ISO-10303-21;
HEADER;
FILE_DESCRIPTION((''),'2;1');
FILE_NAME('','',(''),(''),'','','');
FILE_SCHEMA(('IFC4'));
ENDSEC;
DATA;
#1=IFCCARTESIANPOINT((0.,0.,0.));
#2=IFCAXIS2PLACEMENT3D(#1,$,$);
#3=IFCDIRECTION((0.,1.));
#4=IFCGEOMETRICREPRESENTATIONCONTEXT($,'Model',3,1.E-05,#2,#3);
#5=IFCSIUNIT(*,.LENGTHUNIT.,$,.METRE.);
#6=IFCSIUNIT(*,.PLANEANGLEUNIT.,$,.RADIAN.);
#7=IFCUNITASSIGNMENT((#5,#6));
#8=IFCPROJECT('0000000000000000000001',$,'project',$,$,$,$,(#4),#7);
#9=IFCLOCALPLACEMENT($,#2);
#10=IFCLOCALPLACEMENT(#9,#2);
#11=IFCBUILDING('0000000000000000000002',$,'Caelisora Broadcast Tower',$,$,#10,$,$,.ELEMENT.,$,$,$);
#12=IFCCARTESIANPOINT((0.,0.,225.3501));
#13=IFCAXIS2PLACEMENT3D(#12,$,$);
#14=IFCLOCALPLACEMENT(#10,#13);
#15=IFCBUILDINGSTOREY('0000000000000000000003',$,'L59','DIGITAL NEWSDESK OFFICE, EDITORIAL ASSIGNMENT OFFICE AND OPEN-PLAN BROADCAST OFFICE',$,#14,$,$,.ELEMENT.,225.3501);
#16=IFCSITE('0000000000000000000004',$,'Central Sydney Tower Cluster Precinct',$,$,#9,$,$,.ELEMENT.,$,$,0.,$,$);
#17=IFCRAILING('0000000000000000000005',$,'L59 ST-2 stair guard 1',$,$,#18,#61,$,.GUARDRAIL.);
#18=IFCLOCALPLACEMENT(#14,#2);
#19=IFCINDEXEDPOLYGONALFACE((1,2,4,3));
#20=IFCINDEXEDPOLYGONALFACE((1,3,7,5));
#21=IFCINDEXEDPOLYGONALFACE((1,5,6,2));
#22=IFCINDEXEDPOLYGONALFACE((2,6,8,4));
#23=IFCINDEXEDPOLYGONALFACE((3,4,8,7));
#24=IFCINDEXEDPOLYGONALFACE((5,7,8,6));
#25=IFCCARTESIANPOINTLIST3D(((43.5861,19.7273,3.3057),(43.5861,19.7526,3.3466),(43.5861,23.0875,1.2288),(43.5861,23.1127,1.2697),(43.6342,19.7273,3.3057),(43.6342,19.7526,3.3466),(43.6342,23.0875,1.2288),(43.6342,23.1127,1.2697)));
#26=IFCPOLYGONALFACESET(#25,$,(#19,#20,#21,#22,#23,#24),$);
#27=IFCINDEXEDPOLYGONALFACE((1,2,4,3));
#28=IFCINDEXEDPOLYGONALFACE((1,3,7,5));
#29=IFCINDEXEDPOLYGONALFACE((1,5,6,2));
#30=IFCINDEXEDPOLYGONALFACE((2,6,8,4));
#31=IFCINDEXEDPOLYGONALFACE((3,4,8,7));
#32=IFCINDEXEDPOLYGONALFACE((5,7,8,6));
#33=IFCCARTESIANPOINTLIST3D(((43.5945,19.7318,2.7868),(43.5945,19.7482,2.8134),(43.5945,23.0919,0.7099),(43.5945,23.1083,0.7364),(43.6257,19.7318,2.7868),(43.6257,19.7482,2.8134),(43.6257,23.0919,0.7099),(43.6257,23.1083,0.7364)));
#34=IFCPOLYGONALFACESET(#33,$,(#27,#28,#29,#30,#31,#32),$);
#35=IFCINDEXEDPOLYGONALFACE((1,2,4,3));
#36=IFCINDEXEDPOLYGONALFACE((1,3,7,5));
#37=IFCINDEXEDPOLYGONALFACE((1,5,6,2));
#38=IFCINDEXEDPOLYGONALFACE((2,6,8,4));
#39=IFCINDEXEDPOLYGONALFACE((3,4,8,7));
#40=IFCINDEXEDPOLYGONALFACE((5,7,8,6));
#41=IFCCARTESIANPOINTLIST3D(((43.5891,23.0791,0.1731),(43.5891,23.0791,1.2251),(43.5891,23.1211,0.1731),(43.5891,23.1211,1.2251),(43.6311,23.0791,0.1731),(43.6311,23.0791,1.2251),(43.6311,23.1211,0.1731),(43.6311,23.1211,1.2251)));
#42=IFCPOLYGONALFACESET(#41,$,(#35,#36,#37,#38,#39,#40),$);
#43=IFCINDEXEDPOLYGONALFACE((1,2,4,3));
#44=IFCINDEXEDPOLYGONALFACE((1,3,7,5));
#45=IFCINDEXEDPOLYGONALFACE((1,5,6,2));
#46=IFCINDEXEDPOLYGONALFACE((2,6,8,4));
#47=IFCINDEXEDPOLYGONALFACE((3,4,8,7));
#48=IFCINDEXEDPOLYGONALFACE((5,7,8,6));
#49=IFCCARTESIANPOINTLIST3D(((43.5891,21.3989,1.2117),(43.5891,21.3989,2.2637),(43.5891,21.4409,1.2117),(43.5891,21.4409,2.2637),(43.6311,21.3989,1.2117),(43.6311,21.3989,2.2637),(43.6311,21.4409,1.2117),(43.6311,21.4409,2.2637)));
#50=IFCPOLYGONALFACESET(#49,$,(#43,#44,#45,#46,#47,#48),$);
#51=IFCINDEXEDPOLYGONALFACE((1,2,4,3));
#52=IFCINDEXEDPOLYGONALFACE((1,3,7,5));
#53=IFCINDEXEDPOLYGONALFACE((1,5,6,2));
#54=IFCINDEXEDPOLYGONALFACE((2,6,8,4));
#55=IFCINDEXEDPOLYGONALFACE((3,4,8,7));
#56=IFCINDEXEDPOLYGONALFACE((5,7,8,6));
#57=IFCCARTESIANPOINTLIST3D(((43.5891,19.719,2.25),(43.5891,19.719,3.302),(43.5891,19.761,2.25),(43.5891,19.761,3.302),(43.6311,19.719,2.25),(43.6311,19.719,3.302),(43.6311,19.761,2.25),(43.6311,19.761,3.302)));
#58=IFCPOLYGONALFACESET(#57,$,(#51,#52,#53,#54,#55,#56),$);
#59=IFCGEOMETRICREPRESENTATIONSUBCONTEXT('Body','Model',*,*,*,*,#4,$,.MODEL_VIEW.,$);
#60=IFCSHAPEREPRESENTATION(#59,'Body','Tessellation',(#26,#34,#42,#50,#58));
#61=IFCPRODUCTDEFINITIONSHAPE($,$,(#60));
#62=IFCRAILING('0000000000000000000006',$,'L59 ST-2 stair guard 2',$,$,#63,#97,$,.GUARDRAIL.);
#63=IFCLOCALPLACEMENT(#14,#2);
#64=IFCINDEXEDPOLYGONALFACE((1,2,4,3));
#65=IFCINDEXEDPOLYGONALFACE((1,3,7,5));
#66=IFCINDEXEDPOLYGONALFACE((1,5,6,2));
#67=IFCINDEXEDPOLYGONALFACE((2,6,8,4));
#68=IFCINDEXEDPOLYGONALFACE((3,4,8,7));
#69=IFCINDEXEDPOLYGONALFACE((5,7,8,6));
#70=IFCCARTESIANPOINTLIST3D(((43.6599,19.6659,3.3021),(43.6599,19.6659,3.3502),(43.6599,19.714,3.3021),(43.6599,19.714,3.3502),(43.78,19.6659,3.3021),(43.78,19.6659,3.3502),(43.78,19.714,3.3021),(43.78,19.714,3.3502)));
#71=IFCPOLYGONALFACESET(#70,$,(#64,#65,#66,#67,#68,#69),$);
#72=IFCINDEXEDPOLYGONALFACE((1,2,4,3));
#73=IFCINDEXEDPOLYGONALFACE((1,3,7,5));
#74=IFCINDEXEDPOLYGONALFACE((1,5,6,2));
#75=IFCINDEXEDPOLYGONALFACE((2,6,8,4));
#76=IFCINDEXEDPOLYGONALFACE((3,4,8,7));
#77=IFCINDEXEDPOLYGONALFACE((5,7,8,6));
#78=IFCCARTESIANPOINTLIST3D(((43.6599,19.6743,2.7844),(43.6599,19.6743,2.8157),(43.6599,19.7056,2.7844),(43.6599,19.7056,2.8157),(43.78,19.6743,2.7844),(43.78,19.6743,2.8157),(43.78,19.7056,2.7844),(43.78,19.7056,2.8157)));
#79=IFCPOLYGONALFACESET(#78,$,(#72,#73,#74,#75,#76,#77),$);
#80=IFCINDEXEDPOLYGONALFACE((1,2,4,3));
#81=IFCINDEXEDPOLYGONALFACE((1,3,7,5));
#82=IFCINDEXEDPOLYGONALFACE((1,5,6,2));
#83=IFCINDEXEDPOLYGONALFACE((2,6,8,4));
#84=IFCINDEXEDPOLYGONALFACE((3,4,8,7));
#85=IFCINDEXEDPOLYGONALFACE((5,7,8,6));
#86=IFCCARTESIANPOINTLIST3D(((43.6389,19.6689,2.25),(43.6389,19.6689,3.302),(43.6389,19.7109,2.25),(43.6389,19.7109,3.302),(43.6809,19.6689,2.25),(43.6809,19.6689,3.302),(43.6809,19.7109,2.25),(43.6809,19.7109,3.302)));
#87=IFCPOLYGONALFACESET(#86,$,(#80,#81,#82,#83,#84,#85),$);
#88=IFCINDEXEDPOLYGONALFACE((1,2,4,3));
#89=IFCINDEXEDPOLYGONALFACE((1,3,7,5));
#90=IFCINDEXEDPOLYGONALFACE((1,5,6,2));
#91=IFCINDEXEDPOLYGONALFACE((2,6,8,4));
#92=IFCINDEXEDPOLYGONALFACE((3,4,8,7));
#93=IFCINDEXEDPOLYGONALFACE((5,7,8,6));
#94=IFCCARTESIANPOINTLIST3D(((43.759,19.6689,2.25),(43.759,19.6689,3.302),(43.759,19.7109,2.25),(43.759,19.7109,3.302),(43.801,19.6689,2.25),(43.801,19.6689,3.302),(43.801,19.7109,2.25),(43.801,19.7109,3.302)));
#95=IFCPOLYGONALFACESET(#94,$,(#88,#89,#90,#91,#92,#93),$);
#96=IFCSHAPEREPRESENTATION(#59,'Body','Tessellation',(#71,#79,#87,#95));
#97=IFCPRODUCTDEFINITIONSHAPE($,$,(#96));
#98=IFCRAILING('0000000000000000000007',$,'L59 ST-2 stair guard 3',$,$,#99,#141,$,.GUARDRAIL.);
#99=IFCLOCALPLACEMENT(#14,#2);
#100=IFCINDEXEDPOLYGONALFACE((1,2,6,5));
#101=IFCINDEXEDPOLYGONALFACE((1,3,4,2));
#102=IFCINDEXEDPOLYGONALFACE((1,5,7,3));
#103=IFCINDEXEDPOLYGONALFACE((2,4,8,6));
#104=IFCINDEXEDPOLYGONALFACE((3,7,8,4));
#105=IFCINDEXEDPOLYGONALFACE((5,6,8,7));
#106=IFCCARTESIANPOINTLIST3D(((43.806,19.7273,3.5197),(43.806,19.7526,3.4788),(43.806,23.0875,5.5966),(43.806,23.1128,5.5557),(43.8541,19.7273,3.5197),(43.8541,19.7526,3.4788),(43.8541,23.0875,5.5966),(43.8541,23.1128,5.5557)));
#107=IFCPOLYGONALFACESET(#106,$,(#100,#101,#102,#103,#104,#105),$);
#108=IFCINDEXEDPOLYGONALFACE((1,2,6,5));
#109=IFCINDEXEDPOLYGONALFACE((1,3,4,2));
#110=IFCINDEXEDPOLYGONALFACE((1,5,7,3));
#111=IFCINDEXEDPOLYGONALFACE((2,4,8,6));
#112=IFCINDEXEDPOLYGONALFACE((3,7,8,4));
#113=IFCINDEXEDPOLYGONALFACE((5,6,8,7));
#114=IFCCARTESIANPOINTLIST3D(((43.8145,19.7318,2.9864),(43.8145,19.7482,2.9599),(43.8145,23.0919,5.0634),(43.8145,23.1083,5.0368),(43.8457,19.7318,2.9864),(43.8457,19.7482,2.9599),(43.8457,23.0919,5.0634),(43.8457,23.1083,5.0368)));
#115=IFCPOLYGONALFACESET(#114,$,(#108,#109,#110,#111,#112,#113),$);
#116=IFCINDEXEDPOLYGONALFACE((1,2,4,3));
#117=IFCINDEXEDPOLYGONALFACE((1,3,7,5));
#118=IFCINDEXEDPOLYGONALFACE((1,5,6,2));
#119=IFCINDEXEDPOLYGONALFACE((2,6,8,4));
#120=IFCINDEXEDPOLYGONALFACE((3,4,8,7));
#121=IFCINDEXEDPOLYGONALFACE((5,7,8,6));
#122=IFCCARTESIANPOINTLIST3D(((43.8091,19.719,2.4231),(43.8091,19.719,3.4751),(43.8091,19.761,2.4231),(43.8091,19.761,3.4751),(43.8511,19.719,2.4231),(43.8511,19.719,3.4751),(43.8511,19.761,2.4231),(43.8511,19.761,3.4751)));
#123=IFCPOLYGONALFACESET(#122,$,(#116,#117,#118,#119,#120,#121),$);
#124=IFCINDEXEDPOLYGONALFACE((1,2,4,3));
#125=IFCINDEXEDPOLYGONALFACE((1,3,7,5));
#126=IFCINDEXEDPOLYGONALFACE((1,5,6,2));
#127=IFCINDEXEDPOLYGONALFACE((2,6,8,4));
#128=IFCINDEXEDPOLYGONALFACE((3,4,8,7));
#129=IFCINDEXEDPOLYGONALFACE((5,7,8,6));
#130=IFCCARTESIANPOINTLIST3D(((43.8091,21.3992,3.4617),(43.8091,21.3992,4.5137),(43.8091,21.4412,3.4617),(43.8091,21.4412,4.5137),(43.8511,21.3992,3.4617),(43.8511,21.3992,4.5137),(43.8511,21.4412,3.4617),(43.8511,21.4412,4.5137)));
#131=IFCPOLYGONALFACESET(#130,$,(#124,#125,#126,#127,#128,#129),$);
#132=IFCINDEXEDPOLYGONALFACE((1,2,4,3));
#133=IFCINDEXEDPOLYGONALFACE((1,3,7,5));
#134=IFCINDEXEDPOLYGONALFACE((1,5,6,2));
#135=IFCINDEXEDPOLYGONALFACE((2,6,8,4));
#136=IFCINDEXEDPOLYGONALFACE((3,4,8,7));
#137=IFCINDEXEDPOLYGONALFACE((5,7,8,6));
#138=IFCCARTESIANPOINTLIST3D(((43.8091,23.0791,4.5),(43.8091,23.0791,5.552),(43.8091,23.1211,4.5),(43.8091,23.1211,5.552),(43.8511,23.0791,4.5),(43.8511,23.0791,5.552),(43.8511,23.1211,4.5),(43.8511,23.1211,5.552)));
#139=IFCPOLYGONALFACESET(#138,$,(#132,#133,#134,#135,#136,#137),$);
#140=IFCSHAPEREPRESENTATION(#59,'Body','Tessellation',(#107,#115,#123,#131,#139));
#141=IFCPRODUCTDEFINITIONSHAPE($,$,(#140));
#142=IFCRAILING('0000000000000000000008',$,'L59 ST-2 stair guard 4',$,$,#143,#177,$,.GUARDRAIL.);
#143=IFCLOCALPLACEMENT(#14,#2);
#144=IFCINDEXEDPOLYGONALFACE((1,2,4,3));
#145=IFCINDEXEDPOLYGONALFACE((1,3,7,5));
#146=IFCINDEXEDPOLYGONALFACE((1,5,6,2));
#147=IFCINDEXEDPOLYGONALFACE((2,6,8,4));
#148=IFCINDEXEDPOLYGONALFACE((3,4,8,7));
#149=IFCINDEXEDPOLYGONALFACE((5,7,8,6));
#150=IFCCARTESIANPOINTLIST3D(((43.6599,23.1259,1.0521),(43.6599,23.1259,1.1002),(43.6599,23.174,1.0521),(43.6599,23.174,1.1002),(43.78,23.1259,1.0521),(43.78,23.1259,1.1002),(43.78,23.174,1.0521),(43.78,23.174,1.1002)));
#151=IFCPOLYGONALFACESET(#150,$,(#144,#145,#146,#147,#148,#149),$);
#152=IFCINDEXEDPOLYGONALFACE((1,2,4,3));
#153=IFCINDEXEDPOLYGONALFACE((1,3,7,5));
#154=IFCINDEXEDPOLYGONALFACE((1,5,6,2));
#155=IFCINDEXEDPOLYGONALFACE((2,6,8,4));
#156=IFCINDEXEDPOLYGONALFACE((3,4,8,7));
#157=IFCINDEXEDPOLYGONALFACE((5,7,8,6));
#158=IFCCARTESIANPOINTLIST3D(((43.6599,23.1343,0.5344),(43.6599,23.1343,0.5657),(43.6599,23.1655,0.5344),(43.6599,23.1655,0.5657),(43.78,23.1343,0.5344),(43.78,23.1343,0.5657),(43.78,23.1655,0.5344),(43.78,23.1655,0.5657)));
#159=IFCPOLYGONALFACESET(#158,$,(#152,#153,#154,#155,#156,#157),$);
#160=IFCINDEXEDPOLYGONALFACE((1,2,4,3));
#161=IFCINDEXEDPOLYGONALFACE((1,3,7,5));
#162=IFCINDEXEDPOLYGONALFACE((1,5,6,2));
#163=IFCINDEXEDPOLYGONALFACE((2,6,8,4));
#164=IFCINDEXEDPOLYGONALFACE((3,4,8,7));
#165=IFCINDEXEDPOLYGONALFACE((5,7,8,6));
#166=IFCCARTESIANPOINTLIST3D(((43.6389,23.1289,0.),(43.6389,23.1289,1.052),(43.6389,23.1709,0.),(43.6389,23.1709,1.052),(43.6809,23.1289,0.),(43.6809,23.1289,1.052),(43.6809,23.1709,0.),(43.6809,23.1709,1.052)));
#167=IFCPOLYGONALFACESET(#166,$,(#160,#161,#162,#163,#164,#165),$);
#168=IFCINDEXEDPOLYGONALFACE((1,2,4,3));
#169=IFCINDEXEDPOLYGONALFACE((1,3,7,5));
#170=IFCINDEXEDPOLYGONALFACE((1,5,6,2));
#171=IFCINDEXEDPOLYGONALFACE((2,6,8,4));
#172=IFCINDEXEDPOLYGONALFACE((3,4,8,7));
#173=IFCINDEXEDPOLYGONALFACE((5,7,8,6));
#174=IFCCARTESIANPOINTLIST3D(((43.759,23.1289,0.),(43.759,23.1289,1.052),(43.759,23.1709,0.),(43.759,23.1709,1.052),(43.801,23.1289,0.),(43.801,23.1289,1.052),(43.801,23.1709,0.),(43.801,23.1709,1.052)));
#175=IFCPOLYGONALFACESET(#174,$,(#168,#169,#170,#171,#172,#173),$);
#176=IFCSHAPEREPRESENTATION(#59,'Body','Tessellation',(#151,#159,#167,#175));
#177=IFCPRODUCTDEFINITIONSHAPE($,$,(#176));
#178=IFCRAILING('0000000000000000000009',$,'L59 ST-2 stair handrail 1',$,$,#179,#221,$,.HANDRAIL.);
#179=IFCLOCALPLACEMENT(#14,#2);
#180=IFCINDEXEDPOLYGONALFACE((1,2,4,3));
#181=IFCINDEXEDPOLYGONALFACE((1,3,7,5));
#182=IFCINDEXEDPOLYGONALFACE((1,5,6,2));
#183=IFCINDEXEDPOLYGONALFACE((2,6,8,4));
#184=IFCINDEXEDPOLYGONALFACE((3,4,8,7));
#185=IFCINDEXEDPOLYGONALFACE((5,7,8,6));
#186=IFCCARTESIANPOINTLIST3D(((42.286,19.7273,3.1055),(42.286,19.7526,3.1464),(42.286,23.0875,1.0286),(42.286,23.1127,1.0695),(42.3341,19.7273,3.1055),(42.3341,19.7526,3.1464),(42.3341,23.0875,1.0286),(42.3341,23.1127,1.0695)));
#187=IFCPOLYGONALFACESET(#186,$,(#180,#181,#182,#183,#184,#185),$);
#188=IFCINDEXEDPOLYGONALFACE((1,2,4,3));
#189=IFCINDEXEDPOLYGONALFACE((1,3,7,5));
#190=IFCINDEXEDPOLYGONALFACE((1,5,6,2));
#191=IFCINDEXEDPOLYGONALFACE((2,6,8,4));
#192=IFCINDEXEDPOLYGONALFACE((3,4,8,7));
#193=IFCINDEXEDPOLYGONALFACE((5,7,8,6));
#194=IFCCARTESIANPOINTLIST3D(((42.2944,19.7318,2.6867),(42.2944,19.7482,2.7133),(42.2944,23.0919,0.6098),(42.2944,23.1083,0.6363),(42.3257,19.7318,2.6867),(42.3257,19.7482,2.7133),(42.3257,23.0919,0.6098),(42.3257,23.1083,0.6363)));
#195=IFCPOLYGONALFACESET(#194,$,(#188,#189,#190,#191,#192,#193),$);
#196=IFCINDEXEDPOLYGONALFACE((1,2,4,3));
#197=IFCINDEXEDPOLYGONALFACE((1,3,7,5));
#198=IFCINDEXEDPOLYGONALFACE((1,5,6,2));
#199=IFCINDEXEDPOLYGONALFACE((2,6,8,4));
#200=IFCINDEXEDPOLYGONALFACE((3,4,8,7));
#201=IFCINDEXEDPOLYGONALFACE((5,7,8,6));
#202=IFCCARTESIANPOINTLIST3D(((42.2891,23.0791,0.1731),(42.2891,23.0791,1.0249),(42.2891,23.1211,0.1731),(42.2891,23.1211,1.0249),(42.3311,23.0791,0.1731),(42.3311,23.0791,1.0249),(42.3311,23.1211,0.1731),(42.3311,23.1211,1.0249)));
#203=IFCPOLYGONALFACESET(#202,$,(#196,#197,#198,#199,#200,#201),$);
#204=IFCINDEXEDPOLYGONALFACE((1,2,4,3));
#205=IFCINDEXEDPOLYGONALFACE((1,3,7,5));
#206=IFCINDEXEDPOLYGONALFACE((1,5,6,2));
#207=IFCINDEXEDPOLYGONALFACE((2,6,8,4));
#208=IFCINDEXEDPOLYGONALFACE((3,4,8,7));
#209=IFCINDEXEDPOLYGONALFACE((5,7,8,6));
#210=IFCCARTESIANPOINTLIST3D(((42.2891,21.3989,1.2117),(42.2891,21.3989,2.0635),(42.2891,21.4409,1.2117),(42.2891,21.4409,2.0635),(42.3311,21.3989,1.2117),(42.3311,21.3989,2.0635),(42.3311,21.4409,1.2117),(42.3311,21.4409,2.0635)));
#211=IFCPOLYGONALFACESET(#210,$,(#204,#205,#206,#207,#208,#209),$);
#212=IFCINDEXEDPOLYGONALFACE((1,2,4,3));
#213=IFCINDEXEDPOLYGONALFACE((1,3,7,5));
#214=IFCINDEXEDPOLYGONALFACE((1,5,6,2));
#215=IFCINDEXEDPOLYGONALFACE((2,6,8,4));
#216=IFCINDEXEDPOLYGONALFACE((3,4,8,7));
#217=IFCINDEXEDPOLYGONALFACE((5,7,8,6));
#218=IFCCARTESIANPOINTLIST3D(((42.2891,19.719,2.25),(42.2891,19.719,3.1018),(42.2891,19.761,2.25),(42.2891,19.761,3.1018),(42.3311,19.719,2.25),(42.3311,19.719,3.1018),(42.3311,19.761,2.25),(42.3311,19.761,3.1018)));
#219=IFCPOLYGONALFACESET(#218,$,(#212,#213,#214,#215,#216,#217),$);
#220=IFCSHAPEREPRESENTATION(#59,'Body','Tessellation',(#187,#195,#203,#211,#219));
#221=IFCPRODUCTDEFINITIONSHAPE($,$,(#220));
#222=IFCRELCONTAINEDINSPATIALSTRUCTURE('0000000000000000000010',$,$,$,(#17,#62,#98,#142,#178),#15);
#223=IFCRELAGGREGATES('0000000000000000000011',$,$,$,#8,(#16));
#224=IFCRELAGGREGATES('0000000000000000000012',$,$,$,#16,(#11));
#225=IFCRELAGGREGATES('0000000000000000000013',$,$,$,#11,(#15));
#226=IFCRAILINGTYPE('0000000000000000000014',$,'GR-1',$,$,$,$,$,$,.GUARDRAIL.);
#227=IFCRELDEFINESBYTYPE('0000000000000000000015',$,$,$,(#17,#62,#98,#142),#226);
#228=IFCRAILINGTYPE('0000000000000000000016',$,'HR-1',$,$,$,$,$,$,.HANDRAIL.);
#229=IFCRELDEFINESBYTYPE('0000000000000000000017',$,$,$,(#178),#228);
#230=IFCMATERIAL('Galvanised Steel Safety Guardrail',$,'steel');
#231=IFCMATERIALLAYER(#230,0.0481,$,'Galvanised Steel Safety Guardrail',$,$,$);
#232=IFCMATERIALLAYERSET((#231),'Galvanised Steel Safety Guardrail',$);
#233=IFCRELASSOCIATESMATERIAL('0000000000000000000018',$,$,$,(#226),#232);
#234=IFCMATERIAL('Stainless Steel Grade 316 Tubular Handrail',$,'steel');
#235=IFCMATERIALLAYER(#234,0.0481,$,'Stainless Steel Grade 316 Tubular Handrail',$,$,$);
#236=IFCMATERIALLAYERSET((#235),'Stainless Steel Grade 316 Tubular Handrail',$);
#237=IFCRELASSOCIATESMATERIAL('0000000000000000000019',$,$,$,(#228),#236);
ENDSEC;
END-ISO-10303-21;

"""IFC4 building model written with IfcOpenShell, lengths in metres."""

from ifc_helpers import new_model, si_unit, direction, frame, origin, origin_2d, place, context, subcontext, project, spatial, rectangle, extrude, material, layer, layer_set, type_object, element, save


model = new_model("IFC4")

# Units and contexts
model_context = context("Model", 3, precision=1e-05, world=origin(), true_north=direction((0.0, 1.0)))
body_context = subcontext(model_context, "Body", "Model", "MODEL_VIEW")
ifc_project = project(units=[si_unit("LENGTHUNIT", "METRE"), si_unit("PLANEANGLEUNIT", "RADIAN")], contexts=[model_context])

# Site, building, storey
site_placement = place(None, origin())
site = spatial("IfcSite", under=ifc_project, at=site_placement, Name="Central Sydney Tower Cluster Precinct", CompositionType="ELEMENT", RefElevation=0.0)
building_placement = place(site_placement, origin())
building = spatial("IfcBuilding", under=site, at=building_placement, Name="Caelisora Broadcast Tower", CompositionType="ELEMENT")
storey_placement = place(building_placement, frame((0.0, 0.0, 225.3501)))
storey = spatial("IfcBuildingStorey", under=building, at=storey_placement, Name="L59", Description="DIGITAL NEWSDESK OFFICE, EDITORIAL ASSIGNMENT OFFICE AND OPEN-PLAN BROADCAST OFFICE", CompositionType="ELEMENT", Elevation=225.3501)

# Railings
ifc_material_1 = material(Name="Galvanised Steel Safety Guardrail", Category="steel")
ifc_layer_1 = layer(ifc_material_1, 0.0481, Name="Galvanised Steel Safety Guardrail")
ifc_layer_set_1 = layer_set([ifc_layer_1], Name="Galvanised Steel Safety Guardrail")
railing_type_1 = type_object("IfcRailingType", Name="GR-1", PredefinedType="GUARDRAIL", material=ifc_layer_set_1)
railing_1_placement = place(storey_placement, frame((43.6101, 23.1001, 0.1731)))
element("IfcRailing", 1, at=railing_1_placement, inside=storey, type_object=railing_type_1, Name="L59 ST-2 stair guard 1", PredefinedType="GUARDRAIL", context=body_context, shape_type="SweptSolid", body=[
    extrude(rectangle(XDim=0.0481, YDim=0.0481, at=origin_2d()), frame((0.0, 0.0, 1.0762), z_axis=(0.0, -0.850623, 0.525776), x_axis=(1.0, 0.0, 0.0)), (0.0, 0.0, 1.0), 3.9502),
    extrude(rectangle(XDim=0.0312, YDim=0.0312, at=origin_2d()), frame((0.0, 0.0, 0.55), z_axis=(0.0, -0.850623, 0.525776), x_axis=(1.0, 0.0, 0.0)), (0.0, 0.0, 1.0), 3.9502),
    extrude(rectangle(XDim=0.042, YDim=0.042, at=origin_2d()), origin(), (0.0, 0.0, 1.0), 1.052),
    extrude(rectangle(XDim=0.042, YDim=0.042, at=origin_2d()), frame((0.0, -1.6802, 1.0386)), (0.0, 0.0, 1.0), 1.052),
    extrude(rectangle(XDim=0.042, YDim=0.042, at=origin_2d()), frame((0.0, -3.3601, 2.0769)), (0.0, 0.0, 1.0), 1.052),
])
railing_2_placement = place(storey_placement, frame((43.6599, 19.6899, 2.25)))
element("IfcRailing", 2, at=railing_2_placement, inside=storey, type_object=railing_type_1, Name="L59 ST-2 stair guard 2", PredefinedType="GUARDRAIL", context=body_context, shape_type="SweptSolid", body=[
    extrude(rectangle(XDim=0.0481, YDim=0.0481, at=origin_2d()), frame((0.0, 0.0, 1.0762), z_axis=(1.0, 0.0, 0.0), x_axis=(0.0, 1.0, 0.0)), (0.0, 0.0, 1.0), 0.1201),
    extrude(rectangle(XDim=0.0312, YDim=0.0312, at=origin_2d()), frame((0.0, 0.0, 0.55), z_axis=(1.0, 0.0, 0.0), x_axis=(0.0, 1.0, 0.0)), (0.0, 0.0, 1.0), 0.1201),
    extrude(rectangle(XDim=0.042, YDim=0.042, at=origin_2d()), origin(), (0.0, 0.0, 1.0), 1.052),
    extrude(rectangle(XDim=0.042, YDim=0.042, at=origin_2d()), frame((0.1201, 0.0, 0.0)), (0.0, 0.0, 1.0), 1.052),
])
railing_3_placement = place(storey_placement, frame((43.8301, 19.74, 2.4231)))
element("IfcRailing", 3, at=railing_3_placement, inside=storey, type_object=railing_type_1, Name="L59 ST-2 stair guard 3", PredefinedType="GUARDRAIL", context=body_context, shape_type="SweptSolid", body=[
    extrude(rectangle(XDim=0.0481, YDim=0.0481, at=origin_2d()), frame((0.0, 0.0, 1.0762), z_axis=(0.0, 0.850623, 0.525776), x_axis=(-1.0, 0.0, 0.0)), (0.0, 0.0, 1.0), 3.9502),
    extrude(rectangle(XDim=0.0312, YDim=0.0312, at=origin_2d()), frame((0.0, 0.0, 0.55), z_axis=(0.0, 0.850623, 0.525776), x_axis=(-1.0, 0.0, 0.0)), (0.0, 0.0, 1.0), 3.9502),
    extrude(rectangle(XDim=0.042, YDim=0.042, at=origin_2d()), origin(), (0.0, 0.0, 1.0), 1.052),
    extrude(rectangle(XDim=0.042, YDim=0.042, at=origin_2d()), frame((0.0, 1.6802, 1.0386)), (0.0, 0.0, 1.0), 1.052),
    extrude(rectangle(XDim=0.042, YDim=0.042, at=origin_2d()), frame((0.0, 3.3601, 2.0769)), (0.0, 0.0, 1.0), 1.052),
])
railing_4_placement = place(storey_placement, frame((43.6599, 23.1499, 0.0)))
element("IfcRailing", 4, at=railing_4_placement, inside=storey, type_object=railing_type_1, Name="L59 ST-2 stair guard 4", PredefinedType="GUARDRAIL", context=body_context, shape_type="SweptSolid", body=[
    extrude(rectangle(XDim=0.0481, YDim=0.0481, at=origin_2d()), frame((0.0, 0.0, 1.0762), z_axis=(1.0, 0.0, 0.0), x_axis=(0.0, 1.0, 0.0)), (0.0, 0.0, 1.0), 0.1201),
    extrude(rectangle(XDim=0.0312, YDim=0.0312, at=origin_2d()), frame((0.0, 0.0, 0.55), z_axis=(1.0, 0.0, 0.0), x_axis=(0.0, 1.0, 0.0)), (0.0, 0.0, 1.0), 0.1201),
    extrude(rectangle(XDim=0.042, YDim=0.042, at=origin_2d()), origin(), (0.0, 0.0, 1.0), 1.052),
    extrude(rectangle(XDim=0.042, YDim=0.042, at=origin_2d()), frame((0.1201, 0.0, 0.0)), (0.0, 0.0, 1.0), 1.052),
])
ifc_material_2 = material(Name="Stainless Steel Grade 316 Tubular Handrail", Category="steel")
ifc_layer_2 = layer(ifc_material_2, 0.0481, Name="Stainless Steel Grade 316 Tubular Handrail")
ifc_layer_set_2 = layer_set([ifc_layer_2], Name="Stainless Steel Grade 316 Tubular Handrail")
railing_type_2 = type_object("IfcRailingType", Name="HR-1", PredefinedType="HANDRAIL", material=ifc_layer_set_2)
railing_5_placement = place(storey_placement, frame((42.3101, 23.1001, 0.1731)))
element("IfcRailing", 5, at=railing_5_placement, inside=storey, type_object=railing_type_2, Name="L59 ST-2 stair handrail 1", PredefinedType="HANDRAIL", context=body_context, shape_type="SweptSolid", body=[
    extrude(rectangle(XDim=0.0481, YDim=0.0481, at=origin_2d()), frame((0.0, 0.0, 0.876), z_axis=(0.0, -0.850623, 0.525776), x_axis=(1.0, 0.0, 0.0)), (0.0, 0.0, 1.0), 3.9502),
    extrude(rectangle(XDim=0.0312, YDim=0.0312, at=origin_2d()), frame((0.0, 0.0, 0.45), z_axis=(0.0, -0.850623, 0.525776), x_axis=(1.0, 0.0, 0.0)), (0.0, 0.0, 1.0), 3.9502),
    extrude(rectangle(XDim=0.042, YDim=0.042, at=origin_2d()), origin(), (0.0, 0.0, 1.0), 0.8518),
    extrude(rectangle(XDim=0.042, YDim=0.042, at=origin_2d()), frame((0.0, -1.6802, 1.0386)), (0.0, 0.0, 1.0), 0.8518),
    extrude(rectangle(XDim=0.042, YDim=0.042, at=origin_2d()), frame((0.0, -3.3601, 2.0769)), (0.0, 0.0, 1.0), 0.8518),
])

save(model, "model.ifc")
